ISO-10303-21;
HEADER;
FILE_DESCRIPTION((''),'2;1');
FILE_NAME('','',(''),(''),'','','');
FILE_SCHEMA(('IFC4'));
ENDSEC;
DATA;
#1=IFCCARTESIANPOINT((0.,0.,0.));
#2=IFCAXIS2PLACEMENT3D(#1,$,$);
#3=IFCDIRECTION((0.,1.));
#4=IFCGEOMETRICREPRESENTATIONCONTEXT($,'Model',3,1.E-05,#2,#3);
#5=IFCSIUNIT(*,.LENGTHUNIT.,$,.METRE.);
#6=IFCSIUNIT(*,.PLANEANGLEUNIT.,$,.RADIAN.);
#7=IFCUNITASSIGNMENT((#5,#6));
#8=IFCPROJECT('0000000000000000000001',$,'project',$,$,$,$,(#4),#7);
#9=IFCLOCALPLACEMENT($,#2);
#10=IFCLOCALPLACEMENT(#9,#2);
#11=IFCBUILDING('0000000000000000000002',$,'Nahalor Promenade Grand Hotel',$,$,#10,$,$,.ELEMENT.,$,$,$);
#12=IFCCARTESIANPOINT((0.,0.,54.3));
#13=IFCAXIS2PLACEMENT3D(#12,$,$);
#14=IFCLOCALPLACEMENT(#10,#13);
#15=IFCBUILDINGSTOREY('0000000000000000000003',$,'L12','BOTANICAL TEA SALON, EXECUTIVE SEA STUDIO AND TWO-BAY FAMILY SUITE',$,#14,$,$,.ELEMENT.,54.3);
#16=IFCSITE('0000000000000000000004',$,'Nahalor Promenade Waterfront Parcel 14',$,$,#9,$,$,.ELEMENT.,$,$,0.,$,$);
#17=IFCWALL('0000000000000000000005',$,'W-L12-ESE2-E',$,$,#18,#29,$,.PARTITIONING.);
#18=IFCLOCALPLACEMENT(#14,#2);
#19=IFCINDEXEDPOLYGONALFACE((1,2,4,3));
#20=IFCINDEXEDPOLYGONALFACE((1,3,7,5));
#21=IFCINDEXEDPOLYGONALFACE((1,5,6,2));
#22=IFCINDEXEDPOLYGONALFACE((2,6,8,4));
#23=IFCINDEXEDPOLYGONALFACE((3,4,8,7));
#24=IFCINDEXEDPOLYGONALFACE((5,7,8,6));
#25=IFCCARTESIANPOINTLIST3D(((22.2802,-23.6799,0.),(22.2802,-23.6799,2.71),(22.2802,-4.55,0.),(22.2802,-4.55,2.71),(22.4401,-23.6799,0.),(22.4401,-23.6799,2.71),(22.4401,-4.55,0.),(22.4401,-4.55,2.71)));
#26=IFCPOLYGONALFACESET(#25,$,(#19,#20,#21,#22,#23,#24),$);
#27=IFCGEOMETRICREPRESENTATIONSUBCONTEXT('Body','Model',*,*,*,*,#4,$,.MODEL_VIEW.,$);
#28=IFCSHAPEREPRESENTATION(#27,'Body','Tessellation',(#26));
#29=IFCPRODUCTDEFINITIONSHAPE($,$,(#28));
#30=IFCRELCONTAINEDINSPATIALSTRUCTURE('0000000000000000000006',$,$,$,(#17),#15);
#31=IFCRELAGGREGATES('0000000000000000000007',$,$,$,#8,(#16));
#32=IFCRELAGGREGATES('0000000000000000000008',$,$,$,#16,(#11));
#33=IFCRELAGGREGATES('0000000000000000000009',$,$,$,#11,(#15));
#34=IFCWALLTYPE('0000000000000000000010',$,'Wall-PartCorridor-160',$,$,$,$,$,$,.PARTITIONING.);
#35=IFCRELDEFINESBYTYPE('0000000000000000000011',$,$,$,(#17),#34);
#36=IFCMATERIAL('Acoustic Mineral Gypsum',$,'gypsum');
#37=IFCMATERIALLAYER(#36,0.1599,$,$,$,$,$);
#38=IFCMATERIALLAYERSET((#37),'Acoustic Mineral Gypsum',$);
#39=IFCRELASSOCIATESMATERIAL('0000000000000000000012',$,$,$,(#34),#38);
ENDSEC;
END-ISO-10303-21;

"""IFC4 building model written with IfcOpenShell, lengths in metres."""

from ifc_helpers import new_model, si_unit, direction, frame, frame_2d, origin, place, context, subcontext, project, spatial, rectangle, extrude, source, transform, mapped, material, layer, layer_set, type_object, element, save


model = new_model("IFC4")

# Units and contexts
model_context = context("Model", 3, precision=1e-05, world=origin(), true_north=direction((0.0, 1.0)))
body_context = subcontext(model_context, "Body", "Model", "MODEL_VIEW")
ifc_project = project(units=[si_unit("LENGTHUNIT", "METRE"), si_unit("PLANEANGLEUNIT", "RADIAN")], contexts=[model_context])

# Site, building, storey
site_placement = place(None, origin())
site = spatial("IfcSite", under=ifc_project, at=site_placement, Name="Nahalor Promenade Waterfront Parcel 14", CompositionType="ELEMENT", RefElevation=0.0)
building_placement = place(site_placement, origin())
building = spatial("IfcBuilding", under=site, at=building_placement, Name="Nahalor Promenade Grand Hotel", CompositionType="ELEMENT")
storey_placement = place(building_placement, frame((0.0, 0.0, 54.3)))
storey = spatial("IfcBuildingStorey", under=building, at=storey_placement, Name="L12", Description="BOTANICAL TEA SALON, EXECUTIVE SEA STUDIO AND TWO-BAY FAMILY SUITE", CompositionType="ELEMENT", Elevation=54.3)

# Wall
ifc_material_1 = material(Name="Acoustic Mineral Gypsum", Category="gypsum")
ifc_layer_1 = layer(ifc_material_1, 0.1599)
ifc_layer_set_1 = layer_set([ifc_layer_1], Name="Acoustic Mineral Gypsum")
wall_type_1 = type_object("IfcWallType", Name="Wall-PartCorridor-160", PredefinedType="PARTITIONING", material=ifc_layer_set_1)
shared_shape_1 = source(origin(), body_context, "Body", "SweptSolid", [
    extrude(rectangle(XDim=19.1299, YDim=0.1599, at=frame_2d((9.5649, 0.0))), origin(), (0.0, 0.0, 1.0), 2.71),
])
wall_1_placement = place(storey_placement, frame((22.3601, -23.6799, 0.0), z_axis=(0.0, 0.0, 1.0), x_axis=(0.0, 1.0, 0.0)))
element("IfcWall", 1, at=wall_1_placement, inside=storey, type_object=wall_type_1, Name="W-L12-ESE2-E", PredefinedType="PARTITIONING", context=body_context, shape_type="MappedRepresentation", body=[
    mapped(shared_shape_1, transform((0.0, 0.0, 0.0), scale=1.0)),
])

save(model, "model.ifc")
